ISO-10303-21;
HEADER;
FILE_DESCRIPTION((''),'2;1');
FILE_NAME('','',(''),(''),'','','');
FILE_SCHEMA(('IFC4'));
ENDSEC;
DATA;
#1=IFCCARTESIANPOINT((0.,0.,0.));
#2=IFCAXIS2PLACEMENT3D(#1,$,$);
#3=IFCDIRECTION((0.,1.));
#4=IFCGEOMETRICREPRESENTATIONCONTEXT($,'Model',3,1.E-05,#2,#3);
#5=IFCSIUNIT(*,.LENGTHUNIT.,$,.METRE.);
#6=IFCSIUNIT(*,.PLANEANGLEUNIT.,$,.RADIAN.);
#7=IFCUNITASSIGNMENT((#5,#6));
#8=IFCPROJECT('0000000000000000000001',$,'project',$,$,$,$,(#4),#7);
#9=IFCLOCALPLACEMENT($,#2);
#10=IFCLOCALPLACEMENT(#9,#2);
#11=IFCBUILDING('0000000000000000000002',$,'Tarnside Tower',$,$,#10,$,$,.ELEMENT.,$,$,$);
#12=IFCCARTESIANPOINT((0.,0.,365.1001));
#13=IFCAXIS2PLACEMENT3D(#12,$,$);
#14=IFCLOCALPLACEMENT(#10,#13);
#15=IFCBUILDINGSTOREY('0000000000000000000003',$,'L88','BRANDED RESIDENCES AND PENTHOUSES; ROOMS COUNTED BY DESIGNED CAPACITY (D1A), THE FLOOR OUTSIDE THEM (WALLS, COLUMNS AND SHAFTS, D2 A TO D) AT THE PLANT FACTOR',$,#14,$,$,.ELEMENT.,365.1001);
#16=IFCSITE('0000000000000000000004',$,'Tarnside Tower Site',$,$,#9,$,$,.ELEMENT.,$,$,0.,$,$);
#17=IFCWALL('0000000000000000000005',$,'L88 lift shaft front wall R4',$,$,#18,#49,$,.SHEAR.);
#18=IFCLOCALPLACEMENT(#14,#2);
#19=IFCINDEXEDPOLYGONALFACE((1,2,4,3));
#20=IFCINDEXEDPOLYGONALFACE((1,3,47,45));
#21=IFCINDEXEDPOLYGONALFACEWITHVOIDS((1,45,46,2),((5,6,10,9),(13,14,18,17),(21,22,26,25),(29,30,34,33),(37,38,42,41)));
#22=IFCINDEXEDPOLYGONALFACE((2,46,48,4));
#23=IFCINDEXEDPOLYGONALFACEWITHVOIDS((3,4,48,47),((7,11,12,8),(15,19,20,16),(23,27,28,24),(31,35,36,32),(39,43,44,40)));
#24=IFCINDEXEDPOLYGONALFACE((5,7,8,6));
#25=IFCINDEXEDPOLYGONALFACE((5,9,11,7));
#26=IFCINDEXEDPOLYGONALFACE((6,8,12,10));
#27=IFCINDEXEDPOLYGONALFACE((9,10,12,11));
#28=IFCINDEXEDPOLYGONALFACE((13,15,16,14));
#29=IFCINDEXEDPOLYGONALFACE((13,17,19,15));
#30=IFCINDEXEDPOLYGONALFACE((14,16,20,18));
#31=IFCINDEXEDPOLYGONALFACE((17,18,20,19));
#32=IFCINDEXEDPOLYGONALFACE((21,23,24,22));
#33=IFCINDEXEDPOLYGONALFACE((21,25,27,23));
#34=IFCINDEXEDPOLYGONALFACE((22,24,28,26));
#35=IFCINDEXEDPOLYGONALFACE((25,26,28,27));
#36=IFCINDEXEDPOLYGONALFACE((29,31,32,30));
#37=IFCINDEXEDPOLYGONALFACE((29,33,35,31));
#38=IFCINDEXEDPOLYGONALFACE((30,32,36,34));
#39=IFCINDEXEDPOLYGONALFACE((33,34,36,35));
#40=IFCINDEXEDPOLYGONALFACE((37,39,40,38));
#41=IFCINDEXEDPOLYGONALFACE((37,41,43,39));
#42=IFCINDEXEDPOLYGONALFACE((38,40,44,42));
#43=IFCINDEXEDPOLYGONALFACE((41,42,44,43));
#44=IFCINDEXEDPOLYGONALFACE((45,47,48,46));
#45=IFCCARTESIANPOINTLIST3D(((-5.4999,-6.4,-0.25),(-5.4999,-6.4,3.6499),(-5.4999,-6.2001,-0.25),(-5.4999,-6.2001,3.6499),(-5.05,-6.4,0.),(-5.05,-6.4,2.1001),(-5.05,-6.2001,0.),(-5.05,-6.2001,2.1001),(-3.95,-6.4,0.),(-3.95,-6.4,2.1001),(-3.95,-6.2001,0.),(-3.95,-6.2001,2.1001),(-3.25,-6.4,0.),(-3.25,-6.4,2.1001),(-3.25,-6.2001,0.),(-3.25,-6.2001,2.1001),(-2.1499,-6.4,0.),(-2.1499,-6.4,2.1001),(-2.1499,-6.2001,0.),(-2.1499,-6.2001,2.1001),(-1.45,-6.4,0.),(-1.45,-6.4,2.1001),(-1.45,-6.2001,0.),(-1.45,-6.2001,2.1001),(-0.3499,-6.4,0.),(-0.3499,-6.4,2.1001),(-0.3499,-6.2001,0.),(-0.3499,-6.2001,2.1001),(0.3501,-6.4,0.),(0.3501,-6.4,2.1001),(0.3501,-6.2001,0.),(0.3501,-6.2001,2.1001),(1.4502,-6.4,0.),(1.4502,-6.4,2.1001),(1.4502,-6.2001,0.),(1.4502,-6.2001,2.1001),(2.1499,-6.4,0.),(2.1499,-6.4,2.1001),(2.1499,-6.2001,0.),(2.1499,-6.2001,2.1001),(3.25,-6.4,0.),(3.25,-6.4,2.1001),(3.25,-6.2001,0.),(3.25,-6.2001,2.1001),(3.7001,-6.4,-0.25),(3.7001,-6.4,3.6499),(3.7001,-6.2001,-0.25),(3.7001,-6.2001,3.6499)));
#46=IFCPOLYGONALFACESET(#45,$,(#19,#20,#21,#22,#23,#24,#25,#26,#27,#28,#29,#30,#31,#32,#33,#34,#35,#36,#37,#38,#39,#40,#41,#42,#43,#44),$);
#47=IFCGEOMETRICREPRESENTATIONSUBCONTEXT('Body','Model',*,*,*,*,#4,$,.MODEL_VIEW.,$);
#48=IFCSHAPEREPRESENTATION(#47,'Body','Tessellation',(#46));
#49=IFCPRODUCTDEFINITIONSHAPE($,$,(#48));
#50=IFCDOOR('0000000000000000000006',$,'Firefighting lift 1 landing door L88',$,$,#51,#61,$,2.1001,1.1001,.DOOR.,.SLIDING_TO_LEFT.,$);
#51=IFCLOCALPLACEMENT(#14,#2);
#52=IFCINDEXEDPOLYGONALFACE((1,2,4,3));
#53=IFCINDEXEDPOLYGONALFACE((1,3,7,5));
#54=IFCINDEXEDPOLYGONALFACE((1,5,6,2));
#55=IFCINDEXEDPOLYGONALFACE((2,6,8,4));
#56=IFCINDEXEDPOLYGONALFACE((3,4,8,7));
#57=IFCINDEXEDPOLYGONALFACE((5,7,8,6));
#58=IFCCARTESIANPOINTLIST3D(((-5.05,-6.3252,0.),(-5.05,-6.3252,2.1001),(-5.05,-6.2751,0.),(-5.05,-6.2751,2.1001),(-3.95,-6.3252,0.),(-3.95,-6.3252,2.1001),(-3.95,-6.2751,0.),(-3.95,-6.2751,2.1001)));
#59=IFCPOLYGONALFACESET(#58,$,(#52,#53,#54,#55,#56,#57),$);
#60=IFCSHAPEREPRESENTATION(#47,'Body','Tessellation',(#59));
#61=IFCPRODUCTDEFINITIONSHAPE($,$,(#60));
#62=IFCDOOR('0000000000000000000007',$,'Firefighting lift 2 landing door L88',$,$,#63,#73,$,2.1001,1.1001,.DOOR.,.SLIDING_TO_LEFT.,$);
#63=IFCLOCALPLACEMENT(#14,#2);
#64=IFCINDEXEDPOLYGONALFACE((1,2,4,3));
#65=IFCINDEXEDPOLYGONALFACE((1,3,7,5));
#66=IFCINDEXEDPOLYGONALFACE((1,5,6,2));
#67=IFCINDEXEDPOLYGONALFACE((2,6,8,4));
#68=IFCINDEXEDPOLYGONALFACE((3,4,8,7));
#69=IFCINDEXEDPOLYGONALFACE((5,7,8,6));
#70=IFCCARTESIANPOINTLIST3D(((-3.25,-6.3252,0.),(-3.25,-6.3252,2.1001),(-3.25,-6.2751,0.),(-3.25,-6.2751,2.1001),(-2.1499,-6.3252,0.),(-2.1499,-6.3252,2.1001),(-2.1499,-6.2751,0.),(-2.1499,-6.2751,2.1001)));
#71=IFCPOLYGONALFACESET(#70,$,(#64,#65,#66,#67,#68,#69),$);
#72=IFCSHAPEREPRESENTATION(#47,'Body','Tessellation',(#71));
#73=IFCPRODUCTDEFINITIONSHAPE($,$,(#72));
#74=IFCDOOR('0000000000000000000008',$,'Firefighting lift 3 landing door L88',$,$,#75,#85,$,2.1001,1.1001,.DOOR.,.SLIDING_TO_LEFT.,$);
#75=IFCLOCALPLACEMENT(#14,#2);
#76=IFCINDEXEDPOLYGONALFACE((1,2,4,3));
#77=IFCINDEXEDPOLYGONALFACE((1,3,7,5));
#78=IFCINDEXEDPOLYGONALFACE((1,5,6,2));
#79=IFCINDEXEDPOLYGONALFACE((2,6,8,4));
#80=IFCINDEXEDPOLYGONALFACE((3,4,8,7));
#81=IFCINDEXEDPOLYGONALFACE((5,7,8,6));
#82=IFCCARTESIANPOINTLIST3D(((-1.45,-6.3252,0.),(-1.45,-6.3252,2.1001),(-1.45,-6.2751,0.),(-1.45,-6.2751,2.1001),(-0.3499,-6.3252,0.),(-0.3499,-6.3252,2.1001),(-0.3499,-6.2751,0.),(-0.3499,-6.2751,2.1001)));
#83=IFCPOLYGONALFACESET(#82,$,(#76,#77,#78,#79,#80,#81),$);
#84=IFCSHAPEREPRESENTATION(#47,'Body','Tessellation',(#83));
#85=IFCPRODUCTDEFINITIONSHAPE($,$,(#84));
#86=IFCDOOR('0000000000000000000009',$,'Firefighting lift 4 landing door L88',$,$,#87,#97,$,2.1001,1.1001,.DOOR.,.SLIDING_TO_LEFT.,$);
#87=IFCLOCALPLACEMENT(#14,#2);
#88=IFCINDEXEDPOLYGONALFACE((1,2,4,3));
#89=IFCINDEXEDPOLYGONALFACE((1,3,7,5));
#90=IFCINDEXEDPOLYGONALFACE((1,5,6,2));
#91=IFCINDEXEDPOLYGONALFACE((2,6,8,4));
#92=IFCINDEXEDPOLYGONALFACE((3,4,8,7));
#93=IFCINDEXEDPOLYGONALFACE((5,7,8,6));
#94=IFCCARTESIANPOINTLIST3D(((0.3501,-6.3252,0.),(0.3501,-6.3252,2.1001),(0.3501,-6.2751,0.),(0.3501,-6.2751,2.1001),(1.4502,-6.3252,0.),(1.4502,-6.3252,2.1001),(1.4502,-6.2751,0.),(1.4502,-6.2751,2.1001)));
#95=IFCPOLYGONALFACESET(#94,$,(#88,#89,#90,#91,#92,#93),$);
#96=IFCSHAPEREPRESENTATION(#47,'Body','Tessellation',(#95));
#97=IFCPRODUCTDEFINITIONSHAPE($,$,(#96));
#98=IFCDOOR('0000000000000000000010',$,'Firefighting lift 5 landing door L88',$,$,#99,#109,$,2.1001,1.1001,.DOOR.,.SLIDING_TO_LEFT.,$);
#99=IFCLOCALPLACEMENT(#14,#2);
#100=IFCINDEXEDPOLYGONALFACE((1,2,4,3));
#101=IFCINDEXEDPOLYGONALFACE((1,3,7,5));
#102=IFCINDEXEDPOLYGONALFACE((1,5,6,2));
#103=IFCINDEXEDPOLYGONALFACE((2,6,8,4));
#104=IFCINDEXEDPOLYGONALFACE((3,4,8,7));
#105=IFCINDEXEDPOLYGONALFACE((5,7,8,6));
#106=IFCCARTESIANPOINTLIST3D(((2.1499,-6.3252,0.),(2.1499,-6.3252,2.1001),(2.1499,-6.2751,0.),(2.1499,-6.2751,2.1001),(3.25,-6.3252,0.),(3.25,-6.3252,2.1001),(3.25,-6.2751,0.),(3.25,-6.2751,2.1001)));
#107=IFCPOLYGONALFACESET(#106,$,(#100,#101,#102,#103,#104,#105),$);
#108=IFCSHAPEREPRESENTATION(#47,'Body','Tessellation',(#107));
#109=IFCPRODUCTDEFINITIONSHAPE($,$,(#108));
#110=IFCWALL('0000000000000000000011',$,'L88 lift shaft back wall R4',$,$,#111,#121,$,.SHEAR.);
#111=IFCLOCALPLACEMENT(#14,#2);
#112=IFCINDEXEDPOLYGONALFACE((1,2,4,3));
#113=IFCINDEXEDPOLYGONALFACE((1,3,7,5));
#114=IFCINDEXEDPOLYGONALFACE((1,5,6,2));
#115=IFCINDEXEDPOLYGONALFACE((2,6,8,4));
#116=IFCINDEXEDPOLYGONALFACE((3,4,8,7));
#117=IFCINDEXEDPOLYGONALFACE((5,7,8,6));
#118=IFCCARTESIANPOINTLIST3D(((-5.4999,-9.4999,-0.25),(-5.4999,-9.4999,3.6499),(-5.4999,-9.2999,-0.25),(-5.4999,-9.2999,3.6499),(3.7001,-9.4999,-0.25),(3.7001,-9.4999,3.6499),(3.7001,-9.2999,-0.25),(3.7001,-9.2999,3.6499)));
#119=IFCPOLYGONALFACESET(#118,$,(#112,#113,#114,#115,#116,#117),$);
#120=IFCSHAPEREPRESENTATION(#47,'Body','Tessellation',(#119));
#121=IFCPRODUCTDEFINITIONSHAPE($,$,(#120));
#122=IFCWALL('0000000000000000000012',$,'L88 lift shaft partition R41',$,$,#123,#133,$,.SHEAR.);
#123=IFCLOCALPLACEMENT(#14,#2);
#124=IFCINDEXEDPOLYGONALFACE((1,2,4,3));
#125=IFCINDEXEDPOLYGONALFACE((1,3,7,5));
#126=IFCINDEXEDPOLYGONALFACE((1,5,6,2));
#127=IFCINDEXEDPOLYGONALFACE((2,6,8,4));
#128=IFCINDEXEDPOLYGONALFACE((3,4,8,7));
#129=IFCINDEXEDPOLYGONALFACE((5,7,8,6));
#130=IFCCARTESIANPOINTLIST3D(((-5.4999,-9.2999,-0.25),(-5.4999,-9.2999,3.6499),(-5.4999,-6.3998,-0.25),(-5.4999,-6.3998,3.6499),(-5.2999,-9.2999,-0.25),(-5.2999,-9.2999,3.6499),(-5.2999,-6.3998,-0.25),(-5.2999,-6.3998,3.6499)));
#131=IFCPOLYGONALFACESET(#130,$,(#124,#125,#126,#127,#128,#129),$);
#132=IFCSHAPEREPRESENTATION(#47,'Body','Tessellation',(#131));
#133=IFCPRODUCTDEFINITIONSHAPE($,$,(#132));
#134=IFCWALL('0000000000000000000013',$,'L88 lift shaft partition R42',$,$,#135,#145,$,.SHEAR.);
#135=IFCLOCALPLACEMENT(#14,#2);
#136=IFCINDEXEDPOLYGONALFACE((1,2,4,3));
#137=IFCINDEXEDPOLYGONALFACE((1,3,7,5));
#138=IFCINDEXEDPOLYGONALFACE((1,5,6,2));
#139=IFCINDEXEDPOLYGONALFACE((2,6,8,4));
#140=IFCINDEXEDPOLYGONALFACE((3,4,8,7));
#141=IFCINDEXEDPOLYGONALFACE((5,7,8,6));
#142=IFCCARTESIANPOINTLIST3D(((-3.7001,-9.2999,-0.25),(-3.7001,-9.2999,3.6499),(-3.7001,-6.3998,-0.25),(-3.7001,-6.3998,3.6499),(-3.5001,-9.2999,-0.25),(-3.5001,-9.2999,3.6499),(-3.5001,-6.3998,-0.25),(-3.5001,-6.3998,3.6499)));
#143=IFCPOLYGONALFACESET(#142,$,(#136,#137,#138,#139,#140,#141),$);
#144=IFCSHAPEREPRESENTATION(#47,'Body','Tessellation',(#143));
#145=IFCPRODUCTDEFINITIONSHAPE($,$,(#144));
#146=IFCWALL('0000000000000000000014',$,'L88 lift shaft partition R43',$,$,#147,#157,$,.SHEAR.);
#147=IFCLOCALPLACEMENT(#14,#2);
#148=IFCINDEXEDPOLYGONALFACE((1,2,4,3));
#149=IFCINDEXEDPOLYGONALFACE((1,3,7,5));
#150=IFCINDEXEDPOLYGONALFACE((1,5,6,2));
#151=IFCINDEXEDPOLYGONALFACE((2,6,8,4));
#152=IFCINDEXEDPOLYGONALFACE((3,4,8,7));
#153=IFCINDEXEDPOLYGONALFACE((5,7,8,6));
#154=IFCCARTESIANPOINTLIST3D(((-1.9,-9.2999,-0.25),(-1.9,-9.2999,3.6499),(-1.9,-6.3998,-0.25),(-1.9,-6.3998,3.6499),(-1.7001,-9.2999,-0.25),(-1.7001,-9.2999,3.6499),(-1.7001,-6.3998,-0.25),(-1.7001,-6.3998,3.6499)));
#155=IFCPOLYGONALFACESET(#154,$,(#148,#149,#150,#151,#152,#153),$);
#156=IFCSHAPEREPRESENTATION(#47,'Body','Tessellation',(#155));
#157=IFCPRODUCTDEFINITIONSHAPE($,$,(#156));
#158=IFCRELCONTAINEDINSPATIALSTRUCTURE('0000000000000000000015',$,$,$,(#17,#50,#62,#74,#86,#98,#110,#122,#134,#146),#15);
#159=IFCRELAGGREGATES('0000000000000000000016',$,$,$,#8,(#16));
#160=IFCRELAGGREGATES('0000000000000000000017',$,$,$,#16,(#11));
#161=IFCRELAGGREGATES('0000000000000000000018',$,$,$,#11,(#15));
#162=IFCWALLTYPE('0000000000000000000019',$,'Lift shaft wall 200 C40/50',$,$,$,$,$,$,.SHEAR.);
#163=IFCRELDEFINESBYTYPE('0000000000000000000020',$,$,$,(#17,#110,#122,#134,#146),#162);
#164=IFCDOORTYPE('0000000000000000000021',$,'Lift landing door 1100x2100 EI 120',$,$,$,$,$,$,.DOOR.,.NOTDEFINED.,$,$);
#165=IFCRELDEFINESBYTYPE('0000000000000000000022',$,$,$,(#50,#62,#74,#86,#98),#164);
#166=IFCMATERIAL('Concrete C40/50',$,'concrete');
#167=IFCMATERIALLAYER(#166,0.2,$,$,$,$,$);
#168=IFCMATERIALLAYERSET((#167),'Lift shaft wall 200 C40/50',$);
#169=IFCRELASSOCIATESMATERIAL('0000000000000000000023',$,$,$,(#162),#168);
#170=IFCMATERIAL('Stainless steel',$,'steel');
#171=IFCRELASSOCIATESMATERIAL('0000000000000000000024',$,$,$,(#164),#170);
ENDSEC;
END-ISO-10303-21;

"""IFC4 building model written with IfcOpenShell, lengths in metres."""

from ifc_helpers import new_model, si_unit, direction, frame, frame_2d, origin, place, context, subcontext, project, spatial, rectangle, extrude, material, layer, layer_set, type_object, element, fill, save


model = new_model("IFC4")

# Units and contexts
model_context = context("Model", 3, precision=1e-05, world=origin(), true_north=direction((0.0, 1.0)))
body_context = subcontext(model_context, "Body", "Model", "MODEL_VIEW")
ifc_project = project(units=[si_unit("LENGTHUNIT", "METRE"), si_unit("PLANEANGLEUNIT", "RADIAN")], contexts=[model_context])

# Site, building, storey
site_placement = place(None, origin())
site = spatial("IfcSite", under=ifc_project, at=site_placement, Name="Tarnside Tower Site", CompositionType="ELEMENT", RefElevation=0.0)
building_placement = place(site_placement, origin())
building = spatial("IfcBuilding", under=site, at=building_placement, Name="Tarnside Tower", CompositionType="ELEMENT")
storey_placement = place(building_placement, frame((0.0, 0.0, 365.1001)))
storey = spatial("IfcBuildingStorey", under=building, at=storey_placement, Name="L88", Description="BRANDED RESIDENCES AND PENTHOUSES; ROOMS COUNTED BY DESIGNED CAPACITY (D1A), THE FLOOR OUTSIDE THEM (WALLS, COLUMNS AND SHAFTS, D2 A TO D) AT THE PLANT FACTOR", CompositionType="ELEMENT", Elevation=365.1001)

# Wall, openings, doors
ifc_material_1 = material(Name="Concrete C40/50", Category="concrete")
ifc_layer_1 = layer(ifc_material_1, 0.2)
ifc_layer_set_1 = layer_set([ifc_layer_1], Name="Lift shaft wall 200 C40/50")
wall_type_1 = type_object("IfcWallType", Name="Lift shaft wall 200 C40/50", PredefinedType="SHEAR", material=ifc_layer_set_1)
wall_1_placement = place(storey_placement, frame((-5.5, -6.3, -0.25), z_axis=(0.0, 0.0, 1.0), x_axis=(1.0, 0.0, 0.0)))
wall_1 = element("IfcWall", 1, at=wall_1_placement, inside=storey, type_object=wall_type_1, Name="L88 lift shaft front wall R4", PredefinedType="SHEAR", context=body_context, shape_type="SweptSolid", body=[
    extrude(rectangle(XDim=9.2, YDim=0.2, at=frame_2d((4.6001, 0.0))), origin(), (0.0, 0.0, 1.0), 3.8999),
])
opening_1_placement = place(wall_1_placement, frame((0.45, 0.0, 0.25)))
opening_1 = element("IfcOpeningElement", 2, at=opening_1_placement, cuts=wall_1, PredefinedType="OPENING", context=body_context, shape_type="SweptSolid", body=[
    extrude(rectangle(XDim=1.1001, YDim=2.1001, at=frame_2d((0.55, 1.05))), frame((0.0, 0.1099, 0.0), z_axis=(0.0, -1.0, 0.0), x_axis=(1.0, 0.0, 0.0)), (0.0, 0.0, 1.0), 0.22),
])
opening_2_placement = place(wall_1_placement, frame((2.25, 0.0, 0.25)))
opening_2 = element("IfcOpeningElement", 3, at=opening_2_placement, cuts=wall_1, PredefinedType="OPENING", context=body_context, shape_type="SweptSolid", body=[
    extrude(rectangle(XDim=1.1001, YDim=2.1001, at=frame_2d((0.55, 1.05))), frame((0.0, 0.1099, 0.0), z_axis=(0.0, -1.0, 0.0), x_axis=(1.0, 0.0, 0.0)), (0.0, 0.0, 1.0), 0.22),
])
opening_3_placement = place(wall_1_placement, frame((4.05, 0.0, 0.25)))
opening_3 = element("IfcOpeningElement", 4, at=opening_3_placement, cuts=wall_1, PredefinedType="OPENING", context=body_context, shape_type="SweptSolid", body=[
    extrude(rectangle(XDim=1.1001, YDim=2.1001, at=frame_2d((0.55, 1.05))), frame((0.0, 0.1099, 0.0), z_axis=(0.0, -1.0, 0.0), x_axis=(1.0, 0.0, 0.0)), (0.0, 0.0, 1.0), 0.22),
])
opening_4_placement = place(wall_1_placement, frame((5.8501, 0.0, 0.25)))
opening_4 = element("IfcOpeningElement", 5, at=opening_4_placement, cuts=wall_1, PredefinedType="OPENING", context=body_context, shape_type="SweptSolid", body=[
    extrude(rectangle(XDim=1.1001, YDim=2.1001, at=frame_2d((0.55, 1.05))), frame((0.0, 0.1099, 0.0), z_axis=(0.0, -1.0, 0.0), x_axis=(1.0, 0.0, 0.0)), (0.0, 0.0, 1.0), 0.22),
])
opening_5_placement = place(wall_1_placement, frame((7.6499, 0.0, 0.25)))
opening_5 = element("IfcOpeningElement", 6, at=opening_5_placement, cuts=wall_1, PredefinedType="OPENING", context=body_context, shape_type="SweptSolid", body=[
    extrude(rectangle(XDim=1.1001, YDim=2.1001, at=frame_2d((0.55, 1.05))), frame((0.0, 0.1099, 0.0), z_axis=(0.0, -1.0, 0.0), x_axis=(1.0, 0.0, 0.0)), (0.0, 0.0, 1.0), 0.22),
])
ifc_material_2 = material(Name="Stainless steel", Category="steel")
door_type_1 = type_object("IfcDoorType", Name="Lift landing door 1100x2100 EI 120", OperationType="NOTDEFINED", PredefinedType="DOOR", material=ifc_material_2)
door_1_placement = place(opening_1_placement, origin())
door_1 = element("IfcDoor", 7, at=door_1_placement, inside=storey, type_object=door_type_1, Name="Firefighting lift 1 landing door L88", OperationType="SLIDING_TO_LEFT", OverallHeight=2.1001, OverallWidth=1.1001, PredefinedType="DOOR", context=body_context, shape_type="SweptSolid", body=[
    extrude(rectangle(XDim=1.1001, YDim=2.1001, at=frame_2d((0.55, 1.05))), frame((0.0, 0.0249, 0.0), z_axis=(0.0, -1.0, 0.0), x_axis=(1.0, 0.0, 0.0)), (0.0, 0.0, 1.0), 0.05),
])
fill(opening_1, door_1)
door_2_placement = place(opening_2_placement, origin())
door_2 = element("IfcDoor", 8, at=door_2_placement, inside=storey, type_object=door_type_1, Name="Firefighting lift 2 landing door L88", OperationType="SLIDING_TO_LEFT", OverallHeight=2.1001, OverallWidth=1.1001, PredefinedType="DOOR", context=body_context, shape_type="SweptSolid", body=[
    extrude(rectangle(XDim=1.1001, YDim=2.1001, at=frame_2d((0.55, 1.05))), frame((0.0, 0.0249, 0.0), z_axis=(0.0, -1.0, 0.0), x_axis=(1.0, 0.0, 0.0)), (0.0, 0.0, 1.0), 0.05),
])
fill(opening_2, door_2)
door_3_placement = place(opening_3_placement, origin())
door_3 = element("IfcDoor", 9, at=door_3_placement, inside=storey, type_object=door_type_1, Name="Firefighting lift 3 landing door L88", OperationType="SLIDING_TO_LEFT", OverallHeight=2.1001, OverallWidth=1.1001, PredefinedType="DOOR", context=body_context, shape_type="SweptSolid", body=[
    extrude(rectangle(XDim=1.1001, YDim=2.1001, at=frame_2d((0.55, 1.05))), frame((0.0, 0.0249, 0.0), z_axis=(0.0, -1.0, 0.0), x_axis=(1.0, 0.0, 0.0)), (0.0, 0.0, 1.0), 0.05),
])
fill(opening_3, door_3)
door_4_placement = place(opening_4_placement, origin())
door_4 = element("IfcDoor", 10, at=door_4_placement, inside=storey, type_object=door_type_1, Name="Firefighting lift 4 landing door L88", OperationType="SLIDING_TO_LEFT", OverallHeight=2.1001, OverallWidth=1.1001, PredefinedType="DOOR", context=body_context, shape_type="SweptSolid", body=[
    extrude(rectangle(XDim=1.1001, YDim=2.1001, at=frame_2d((0.55, 1.05))), frame((0.0, 0.0249, 0.0), z_axis=(0.0, -1.0, 0.0), x_axis=(1.0, 0.0, 0.0)), (0.0, 0.0, 1.0), 0.05),
])
fill(opening_4, door_4)
door_5_placement = place(opening_5_placement, origin())
door_5 = element("IfcDoor", 11, at=door_5_placement, inside=storey, type_object=door_type_1, Name="Firefighting lift 5 landing door L88", OperationType="SLIDING_TO_LEFT", OverallHeight=2.1001, OverallWidth=1.1001, PredefinedType="DOOR", context=body_context, shape_type="SweptSolid", body=[
    extrude(rectangle(XDim=1.1001, YDim=2.1001, at=frame_2d((0.55, 1.05))), frame((0.0, 0.0249, 0.0), z_axis=(0.0, -1.0, 0.0), x_axis=(1.0, 0.0, 0.0)), (0.0, 0.0, 1.0), 0.05),
])
fill(opening_5, door_5)

# Walls
wall_2_placement = place(storey_placement, frame((-5.5, -9.3999, -0.25), z_axis=(0.0, 0.0, 1.0), x_axis=(1.0, 0.0, 0.0)))
element("IfcWall", 12, at=wall_2_placement, inside=storey, type_object=wall_type_1, Name="L88 lift shaft back wall R4", PredefinedType="SHEAR", context=body_context, shape_type="SweptSolid", body=[
    extrude(rectangle(XDim=9.2, YDim=0.2, at=frame_2d((4.6001, 0.0))), origin(), (0.0, 0.0, 1.0), 3.8999),
])
for number, where, z_axis, x_axis, name in (
    (13, (-5.3999, -9.3, -0.25), (0.0, 0.0, 1.0), (0.0, 1.0, 0.0), "L88 lift shaft partition R41"),
    (14, (-3.6001, -9.3, -0.25), (0.0, 0.0, 1.0), (0.0, 1.0, 0.0), "L88 lift shaft partition R42"),
    (15, (-1.8, -9.3, -0.25), (0.0, 0.0, 1.0), (0.0, 1.0, 0.0), "L88 lift shaft partition R43"),
):
    element("IfcWall", number, at=place(storey_placement, frame(where, z_axis=z_axis, x_axis=x_axis)), inside=storey, type_object=wall_type_1, Name=name, PredefinedType="SHEAR", context=body_context, shape_type="SweptSolid", body=[
        extrude(rectangle(XDim=2.9001, YDim=0.2, at=frame_2d((1.4502, 0.0))), origin(), (0.0, 0.0, 1.0), 3.8999),
    ])

save(model, "model.ifc")
